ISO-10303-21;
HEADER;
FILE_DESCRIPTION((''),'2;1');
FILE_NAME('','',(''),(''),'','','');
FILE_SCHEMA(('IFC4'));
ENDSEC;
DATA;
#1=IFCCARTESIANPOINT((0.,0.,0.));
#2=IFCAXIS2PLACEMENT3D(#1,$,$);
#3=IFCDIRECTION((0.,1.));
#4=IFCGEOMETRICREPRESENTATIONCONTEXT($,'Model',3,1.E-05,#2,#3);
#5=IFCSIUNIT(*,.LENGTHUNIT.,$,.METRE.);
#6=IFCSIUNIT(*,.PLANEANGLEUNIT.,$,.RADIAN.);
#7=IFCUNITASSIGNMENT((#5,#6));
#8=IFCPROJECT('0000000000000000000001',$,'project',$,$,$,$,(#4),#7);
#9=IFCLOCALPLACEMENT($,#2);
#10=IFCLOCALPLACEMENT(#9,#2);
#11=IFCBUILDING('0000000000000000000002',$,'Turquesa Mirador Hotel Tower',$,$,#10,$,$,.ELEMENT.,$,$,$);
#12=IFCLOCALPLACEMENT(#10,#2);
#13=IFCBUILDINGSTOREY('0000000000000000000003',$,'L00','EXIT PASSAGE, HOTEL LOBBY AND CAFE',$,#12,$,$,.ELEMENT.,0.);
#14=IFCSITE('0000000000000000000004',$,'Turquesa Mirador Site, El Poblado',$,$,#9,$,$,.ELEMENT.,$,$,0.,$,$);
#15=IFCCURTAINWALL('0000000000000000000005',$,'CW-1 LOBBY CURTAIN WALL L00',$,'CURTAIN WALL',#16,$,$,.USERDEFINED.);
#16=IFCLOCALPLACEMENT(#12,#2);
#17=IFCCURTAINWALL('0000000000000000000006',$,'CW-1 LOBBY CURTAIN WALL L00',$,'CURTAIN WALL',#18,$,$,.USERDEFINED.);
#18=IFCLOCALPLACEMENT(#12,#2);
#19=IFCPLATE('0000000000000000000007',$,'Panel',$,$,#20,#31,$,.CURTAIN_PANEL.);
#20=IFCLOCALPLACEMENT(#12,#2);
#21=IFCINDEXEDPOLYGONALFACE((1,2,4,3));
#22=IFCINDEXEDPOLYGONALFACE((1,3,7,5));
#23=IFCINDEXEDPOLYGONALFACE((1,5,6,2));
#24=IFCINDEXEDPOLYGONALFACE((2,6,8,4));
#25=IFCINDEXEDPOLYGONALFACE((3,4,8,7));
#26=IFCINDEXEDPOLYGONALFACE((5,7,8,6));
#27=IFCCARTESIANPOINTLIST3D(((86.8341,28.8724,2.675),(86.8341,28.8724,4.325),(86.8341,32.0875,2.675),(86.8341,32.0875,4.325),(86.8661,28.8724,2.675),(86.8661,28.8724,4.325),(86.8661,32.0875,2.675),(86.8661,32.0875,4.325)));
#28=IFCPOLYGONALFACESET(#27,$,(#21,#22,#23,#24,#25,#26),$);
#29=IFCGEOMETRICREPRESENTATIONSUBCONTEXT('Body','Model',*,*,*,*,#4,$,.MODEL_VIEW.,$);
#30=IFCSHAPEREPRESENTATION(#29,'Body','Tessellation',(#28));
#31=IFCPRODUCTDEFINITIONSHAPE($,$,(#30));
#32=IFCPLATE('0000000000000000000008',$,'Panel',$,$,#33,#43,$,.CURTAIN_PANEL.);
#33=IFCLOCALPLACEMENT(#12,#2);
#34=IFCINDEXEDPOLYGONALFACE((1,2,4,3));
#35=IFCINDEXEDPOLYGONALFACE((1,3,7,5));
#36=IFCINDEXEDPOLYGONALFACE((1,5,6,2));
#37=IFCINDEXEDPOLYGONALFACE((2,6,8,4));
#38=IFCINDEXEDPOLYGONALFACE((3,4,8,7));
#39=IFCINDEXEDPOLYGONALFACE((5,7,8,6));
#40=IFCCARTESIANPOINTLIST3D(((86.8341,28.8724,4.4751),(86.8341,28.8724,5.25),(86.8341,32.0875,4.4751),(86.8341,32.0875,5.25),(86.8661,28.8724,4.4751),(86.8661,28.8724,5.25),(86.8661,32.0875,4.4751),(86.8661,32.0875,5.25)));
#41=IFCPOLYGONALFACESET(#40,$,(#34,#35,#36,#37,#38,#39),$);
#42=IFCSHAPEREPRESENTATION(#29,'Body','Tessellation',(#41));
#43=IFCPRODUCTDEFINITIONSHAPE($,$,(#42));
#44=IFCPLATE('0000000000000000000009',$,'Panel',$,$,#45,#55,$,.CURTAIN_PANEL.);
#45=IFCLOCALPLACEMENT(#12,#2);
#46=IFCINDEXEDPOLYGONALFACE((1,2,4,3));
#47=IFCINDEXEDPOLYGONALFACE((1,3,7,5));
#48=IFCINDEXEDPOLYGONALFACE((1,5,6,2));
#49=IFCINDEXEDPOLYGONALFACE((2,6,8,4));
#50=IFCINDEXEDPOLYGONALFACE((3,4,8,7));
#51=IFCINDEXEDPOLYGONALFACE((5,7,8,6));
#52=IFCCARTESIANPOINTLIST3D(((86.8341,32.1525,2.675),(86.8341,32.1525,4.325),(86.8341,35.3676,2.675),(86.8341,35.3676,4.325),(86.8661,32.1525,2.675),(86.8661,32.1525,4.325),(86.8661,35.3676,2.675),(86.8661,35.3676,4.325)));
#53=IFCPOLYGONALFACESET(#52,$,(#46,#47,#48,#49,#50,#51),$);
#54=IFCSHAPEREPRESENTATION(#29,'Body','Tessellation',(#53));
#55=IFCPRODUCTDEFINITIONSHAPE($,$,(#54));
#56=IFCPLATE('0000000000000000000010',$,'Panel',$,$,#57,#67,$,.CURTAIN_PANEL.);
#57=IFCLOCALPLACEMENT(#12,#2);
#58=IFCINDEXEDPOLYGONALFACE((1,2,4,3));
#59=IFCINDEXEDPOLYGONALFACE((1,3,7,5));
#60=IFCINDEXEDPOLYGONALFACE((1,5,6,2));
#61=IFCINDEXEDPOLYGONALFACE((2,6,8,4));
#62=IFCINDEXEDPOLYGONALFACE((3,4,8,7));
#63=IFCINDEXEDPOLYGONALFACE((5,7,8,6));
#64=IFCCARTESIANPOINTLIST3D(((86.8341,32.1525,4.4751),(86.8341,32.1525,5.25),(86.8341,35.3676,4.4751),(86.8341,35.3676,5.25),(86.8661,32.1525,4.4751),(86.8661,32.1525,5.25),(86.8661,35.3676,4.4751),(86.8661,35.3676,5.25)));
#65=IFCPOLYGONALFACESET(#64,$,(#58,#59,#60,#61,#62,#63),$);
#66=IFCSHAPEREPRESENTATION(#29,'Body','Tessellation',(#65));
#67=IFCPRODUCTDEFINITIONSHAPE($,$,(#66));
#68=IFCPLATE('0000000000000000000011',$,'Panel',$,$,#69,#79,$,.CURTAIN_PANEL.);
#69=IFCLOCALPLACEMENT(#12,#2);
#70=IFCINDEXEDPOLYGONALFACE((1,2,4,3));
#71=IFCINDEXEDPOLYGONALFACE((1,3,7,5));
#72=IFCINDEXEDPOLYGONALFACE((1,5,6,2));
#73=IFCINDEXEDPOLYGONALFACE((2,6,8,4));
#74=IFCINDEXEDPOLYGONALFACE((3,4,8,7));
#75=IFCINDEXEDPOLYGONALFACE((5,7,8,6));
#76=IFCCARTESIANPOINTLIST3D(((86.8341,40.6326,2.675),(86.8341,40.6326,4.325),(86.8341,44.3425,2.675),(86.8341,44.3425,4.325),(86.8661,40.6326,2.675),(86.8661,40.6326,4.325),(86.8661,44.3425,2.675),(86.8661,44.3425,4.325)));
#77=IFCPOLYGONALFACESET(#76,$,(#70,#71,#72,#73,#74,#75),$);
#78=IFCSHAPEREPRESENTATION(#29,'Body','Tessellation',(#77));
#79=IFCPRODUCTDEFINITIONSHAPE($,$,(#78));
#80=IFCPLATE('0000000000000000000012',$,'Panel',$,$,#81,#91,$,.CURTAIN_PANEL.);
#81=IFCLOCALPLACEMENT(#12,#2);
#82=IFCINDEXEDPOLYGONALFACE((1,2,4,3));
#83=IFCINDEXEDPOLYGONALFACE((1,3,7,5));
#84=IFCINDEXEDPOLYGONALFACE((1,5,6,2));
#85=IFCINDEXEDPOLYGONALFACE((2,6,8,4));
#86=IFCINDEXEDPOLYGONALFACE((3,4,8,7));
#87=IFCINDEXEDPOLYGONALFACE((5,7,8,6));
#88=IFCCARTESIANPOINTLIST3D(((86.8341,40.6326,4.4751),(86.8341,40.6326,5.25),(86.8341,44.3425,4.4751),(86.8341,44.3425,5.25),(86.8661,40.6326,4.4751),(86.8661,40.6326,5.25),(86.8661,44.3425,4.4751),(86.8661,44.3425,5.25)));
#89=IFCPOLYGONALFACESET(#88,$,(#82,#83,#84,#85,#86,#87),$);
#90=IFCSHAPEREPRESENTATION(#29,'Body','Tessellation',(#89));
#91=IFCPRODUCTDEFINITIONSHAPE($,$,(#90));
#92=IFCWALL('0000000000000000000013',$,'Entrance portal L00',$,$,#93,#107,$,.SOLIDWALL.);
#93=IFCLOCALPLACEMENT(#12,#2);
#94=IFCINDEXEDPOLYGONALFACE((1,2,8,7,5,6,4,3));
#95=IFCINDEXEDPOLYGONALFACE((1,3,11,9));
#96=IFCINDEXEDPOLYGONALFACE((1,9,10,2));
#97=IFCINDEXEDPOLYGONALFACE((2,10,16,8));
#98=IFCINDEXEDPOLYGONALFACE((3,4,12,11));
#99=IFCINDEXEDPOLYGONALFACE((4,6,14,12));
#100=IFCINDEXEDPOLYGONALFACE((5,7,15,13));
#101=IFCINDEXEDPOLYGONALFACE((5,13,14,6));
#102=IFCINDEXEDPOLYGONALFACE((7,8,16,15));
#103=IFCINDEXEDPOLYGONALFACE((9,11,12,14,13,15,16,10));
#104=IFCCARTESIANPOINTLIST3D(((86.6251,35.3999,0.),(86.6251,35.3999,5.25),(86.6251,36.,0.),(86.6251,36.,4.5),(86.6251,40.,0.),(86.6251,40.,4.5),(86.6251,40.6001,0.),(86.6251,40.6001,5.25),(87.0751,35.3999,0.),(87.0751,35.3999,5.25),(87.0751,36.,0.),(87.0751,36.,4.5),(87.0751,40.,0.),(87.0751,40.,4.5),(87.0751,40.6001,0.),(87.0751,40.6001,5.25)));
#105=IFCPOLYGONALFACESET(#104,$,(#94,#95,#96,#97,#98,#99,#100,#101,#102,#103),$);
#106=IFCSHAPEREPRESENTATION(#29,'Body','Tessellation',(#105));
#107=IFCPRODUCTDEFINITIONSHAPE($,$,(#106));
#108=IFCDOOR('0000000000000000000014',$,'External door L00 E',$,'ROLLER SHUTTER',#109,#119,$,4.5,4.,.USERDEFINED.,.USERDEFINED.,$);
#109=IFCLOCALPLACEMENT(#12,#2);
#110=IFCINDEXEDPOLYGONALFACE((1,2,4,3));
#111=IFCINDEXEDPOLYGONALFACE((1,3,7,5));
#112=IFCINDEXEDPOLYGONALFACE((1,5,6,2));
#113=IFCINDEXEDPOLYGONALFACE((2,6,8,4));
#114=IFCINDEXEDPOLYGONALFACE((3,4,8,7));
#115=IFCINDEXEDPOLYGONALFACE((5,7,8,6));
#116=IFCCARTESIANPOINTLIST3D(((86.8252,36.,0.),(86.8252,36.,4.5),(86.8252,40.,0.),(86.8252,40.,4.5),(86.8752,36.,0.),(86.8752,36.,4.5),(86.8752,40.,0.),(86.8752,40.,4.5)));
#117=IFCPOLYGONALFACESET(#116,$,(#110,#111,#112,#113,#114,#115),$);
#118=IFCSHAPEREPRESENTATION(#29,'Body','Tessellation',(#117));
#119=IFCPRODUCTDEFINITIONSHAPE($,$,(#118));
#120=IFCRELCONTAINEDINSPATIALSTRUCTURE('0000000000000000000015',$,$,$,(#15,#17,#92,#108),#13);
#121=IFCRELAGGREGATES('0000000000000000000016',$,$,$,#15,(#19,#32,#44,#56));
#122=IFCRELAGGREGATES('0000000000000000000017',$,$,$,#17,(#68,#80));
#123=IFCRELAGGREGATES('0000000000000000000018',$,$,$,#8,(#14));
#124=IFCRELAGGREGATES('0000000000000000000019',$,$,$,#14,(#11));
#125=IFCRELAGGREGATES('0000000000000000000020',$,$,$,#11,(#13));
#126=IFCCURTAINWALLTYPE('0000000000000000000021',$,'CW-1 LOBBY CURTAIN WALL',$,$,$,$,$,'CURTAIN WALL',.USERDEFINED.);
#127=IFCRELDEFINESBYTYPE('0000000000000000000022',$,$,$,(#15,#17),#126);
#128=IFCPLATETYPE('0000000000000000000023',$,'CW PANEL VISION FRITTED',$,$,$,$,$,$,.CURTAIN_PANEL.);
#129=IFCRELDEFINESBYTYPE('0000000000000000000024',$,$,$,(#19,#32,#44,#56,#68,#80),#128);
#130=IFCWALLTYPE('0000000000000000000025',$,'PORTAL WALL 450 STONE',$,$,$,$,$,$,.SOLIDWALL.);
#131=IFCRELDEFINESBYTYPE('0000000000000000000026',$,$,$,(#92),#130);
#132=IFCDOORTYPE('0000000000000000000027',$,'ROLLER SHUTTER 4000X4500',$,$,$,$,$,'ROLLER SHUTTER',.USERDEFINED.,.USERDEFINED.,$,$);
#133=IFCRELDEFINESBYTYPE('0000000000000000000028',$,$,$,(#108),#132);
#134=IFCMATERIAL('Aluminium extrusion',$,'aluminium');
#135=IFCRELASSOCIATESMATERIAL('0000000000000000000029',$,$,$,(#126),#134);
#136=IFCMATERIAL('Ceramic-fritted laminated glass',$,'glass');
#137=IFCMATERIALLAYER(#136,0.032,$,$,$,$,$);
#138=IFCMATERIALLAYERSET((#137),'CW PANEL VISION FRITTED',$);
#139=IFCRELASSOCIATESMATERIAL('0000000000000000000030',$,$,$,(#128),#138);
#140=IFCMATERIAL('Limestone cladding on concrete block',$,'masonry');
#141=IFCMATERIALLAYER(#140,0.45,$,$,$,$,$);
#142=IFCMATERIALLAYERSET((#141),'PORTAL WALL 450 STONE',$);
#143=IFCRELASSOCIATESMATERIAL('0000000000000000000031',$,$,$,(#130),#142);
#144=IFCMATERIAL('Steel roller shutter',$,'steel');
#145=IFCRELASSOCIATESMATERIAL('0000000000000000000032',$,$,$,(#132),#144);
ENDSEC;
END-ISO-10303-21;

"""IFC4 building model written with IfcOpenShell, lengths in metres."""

from ifc_helpers import new_model, si_unit, direction, frame, frame_2d, origin, origin_2d, place, context, subcontext, project, spatial, rectangle, extrude, material, layer, layer_set, type_object, element, fill, aggregate, save


model = new_model("IFC4")

# Units and contexts
model_context = context("Model", 3, precision=1e-05, world=origin(), true_north=direction((0.0, 1.0)))
body_context = subcontext(model_context, "Body", "Model", "MODEL_VIEW")
ifc_project = project(units=[si_unit("LENGTHUNIT", "METRE"), si_unit("PLANEANGLEUNIT", "RADIAN")], contexts=[model_context])

# Site, building, storey
site_placement = place(None, origin())
site = spatial("IfcSite", under=ifc_project, at=site_placement, Name="Turquesa Mirador Site, El Poblado", CompositionType="ELEMENT", RefElevation=0.0)
building_placement = place(site_placement, origin())
building = spatial("IfcBuilding", under=site, at=building_placement, Name="Turquesa Mirador Hotel Tower", CompositionType="ELEMENT")
storey_placement = place(building_placement, origin())
storey = spatial("IfcBuildingStorey", under=building, at=storey_placement, Name="L00", Description="EXIT PASSAGE, HOTEL LOBBY AND CAFE", CompositionType="ELEMENT", Elevation=0.0)

# Curtain wall
ifc_material_1 = material(Name="Aluminium extrusion", Category="aluminium")
curtain_wall_type = type_object("IfcCurtainWallType", Name="CW-1 LOBBY CURTAIN WALL", ElementType="CURTAIN WALL", PredefinedType="USERDEFINED", material=ifc_material_1)
curtain_wall_1_placement = place(storey_placement, origin())
curtain_wall_1 = element("IfcCurtainWall", 1, at=curtain_wall_1_placement, inside=storey, type_object=curtain_wall_type, Name="CW-1 LOBBY CURTAIN WALL L00", ObjectType="CURTAIN WALL", PredefinedType="USERDEFINED")

# Curtain wall
curtain_wall_2_placement = place(storey_placement, origin())
curtain_wall_2 = element("IfcCurtainWall", 2, at=curtain_wall_2_placement, inside=storey, type_object=curtain_wall_type, Name="CW-1 LOBBY CURTAIN WALL L00", ObjectType="CURTAIN WALL", PredefinedType="USERDEFINED")

# Plates
ifc_material_2 = material(Name="Ceramic-fritted laminated glass", Category="glass")
ifc_layer_1 = layer(ifc_material_2, 0.032)
ifc_layer_set_1 = layer_set([ifc_layer_1], Name="CW PANEL VISION FRITTED")
plate_type_1 = type_object("IfcPlateType", Name="CW PANEL VISION FRITTED", PredefinedType="CURTAIN_PANEL", material=ifc_layer_set_1)
plate_1_placement = place(storey_placement, frame((86.8501, 30.48, 2.675), z_axis=(0.0, 0.0, 1.0), x_axis=(0.0, 1.0, 0.0)))
plate_1 = element("IfcPlate", 3, at=plate_1_placement, type_object=plate_type_1, Name="Panel", PredefinedType="CURTAIN_PANEL", context=body_context, shape_type="SweptSolid", body=[
    extrude(rectangle(XDim=3.2151, YDim=0.032, at=origin_2d()), origin(), (0.0, 0.0, 1.0), 1.6499),
])
plate_2_placement = place(storey_placement, frame((86.8501, 30.48, 4.4751), z_axis=(0.0, 0.0, 1.0), x_axis=(0.0, 1.0, 0.0)))
plate_2 = element("IfcPlate", 4, at=plate_2_placement, type_object=plate_type_1, Name="Panel", PredefinedType="CURTAIN_PANEL", context=body_context, shape_type="SweptSolid", body=[
    extrude(rectangle(XDim=3.2151, YDim=0.032, at=origin_2d()), origin(), (0.0, 0.0, 1.0), 0.7749),
])
plate_3_placement = place(storey_placement, frame((86.8501, 33.76, 2.675), z_axis=(0.0, 0.0, 1.0), x_axis=(0.0, 1.0, 0.0)))
plate_3 = element("IfcPlate", 5, at=plate_3_placement, type_object=plate_type_1, Name="Panel", PredefinedType="CURTAIN_PANEL", context=body_context, shape_type="SweptSolid", body=[
    extrude(rectangle(XDim=3.2151, YDim=0.032, at=origin_2d()), origin(), (0.0, 0.0, 1.0), 1.6499),
])
plate_4_placement = place(storey_placement, frame((86.8501, 33.76, 4.4751), z_axis=(0.0, 0.0, 1.0), x_axis=(0.0, 1.0, 0.0)))
plate_4 = element("IfcPlate", 6, at=plate_4_placement, type_object=plate_type_1, Name="Panel", PredefinedType="CURTAIN_PANEL", context=body_context, shape_type="SweptSolid", body=[
    extrude(rectangle(XDim=3.2151, YDim=0.032, at=origin_2d()), origin(), (0.0, 0.0, 1.0), 0.7749),
])
aggregate(curtain_wall_1, [plate_1, plate_2, plate_3, plate_4])
plate_5_placement = place(storey_placement, frame((86.8501, 42.4875, 2.675), z_axis=(0.0, 0.0, 1.0), x_axis=(0.0, 1.0, 0.0)))
plate_5 = element("IfcPlate", 7, at=plate_5_placement, type_object=plate_type_1, Name="Panel", PredefinedType="CURTAIN_PANEL", context=body_context, shape_type="SweptSolid", body=[
    extrude(rectangle(XDim=3.71, YDim=0.032, at=origin_2d()), origin(), (0.0, 0.0, 1.0), 1.6499),
])
plate_6_placement = place(storey_placement, frame((86.8501, 42.4875, 4.4751), z_axis=(0.0, 0.0, 1.0), x_axis=(0.0, 1.0, 0.0)))
plate_6 = element("IfcPlate", 8, at=plate_6_placement, type_object=plate_type_1, Name="Panel", PredefinedType="CURTAIN_PANEL", context=body_context, shape_type="SweptSolid", body=[
    extrude(rectangle(XDim=3.71, YDim=0.032, at=origin_2d()), origin(), (0.0, 0.0, 1.0), 0.7749),
])
aggregate(curtain_wall_2, [plate_5, plate_6])

# Wall, opening, door
ifc_material_3 = material(Name="Limestone cladding on concrete block", Category="masonry")
ifc_layer_2 = layer(ifc_material_3, 0.45)
ifc_layer_set_2 = layer_set([ifc_layer_2], Name="PORTAL WALL 450 STONE")
wall_type = type_object("IfcWallType", Name="PORTAL WALL 450 STONE", PredefinedType="SOLIDWALL", material=ifc_layer_set_2)
wall_placement = place(storey_placement, frame((86.8501, 35.3999, 0.0), z_axis=(0.0, 0.0, 1.0), x_axis=(0.0, 1.0, 0.0)))
wall = element("IfcWall", 9, at=wall_placement, inside=storey, type_object=wall_type, Name="Entrance portal L00", PredefinedType="SOLIDWALL", context=body_context, shape_type="SweptSolid", body=[
    extrude(rectangle(XDim=5.2002, YDim=0.45, at=frame_2d((2.6001, 0.0))), origin(), (0.0, 0.0, 1.0), 5.25),
])
opening_placement = place(wall_placement, frame((0.6001, 0.0, 0.0)))
opening = element("IfcOpeningElement", 10, at=opening_placement, cuts=wall, PredefinedType="OPENING", context=body_context, shape_type="SweptSolid", body=[
    extrude(rectangle(XDim=4.0, YDim=4.5, at=frame_2d((2.0, 2.25))), frame((0.0, 0.2349, 0.0), z_axis=(0.0, -1.0, 0.0), x_axis=(1.0, 0.0, 0.0)), (0.0, 0.0, 1.0), 0.47),
])
ifc_material_4 = material(Name="Steel roller shutter", Category="steel")
door_type = type_object("IfcDoorType", Name="ROLLER SHUTTER 4000X4500", ElementType="ROLLER SHUTTER", OperationType="USERDEFINED", PredefinedType="USERDEFINED", material=ifc_material_4)
door_placement = place(opening_placement, origin())
door = element("IfcDoor", 11, at=door_placement, inside=storey, type_object=door_type, Name="External door L00 E", ObjectType="ROLLER SHUTTER", OperationType="USERDEFINED", OverallHeight=4.5, OverallWidth=4.0, PredefinedType="USERDEFINED", context=body_context, shape_type="SweptSolid", body=[
    extrude(rectangle(XDim=4.0, YDim=4.5, at=frame_2d((2.0, 2.25))), frame((0.0, 0.0249, 0.0), z_axis=(0.0, -1.0, 0.0), x_axis=(1.0, 0.0, 0.0)), (0.0, 0.0, 1.0), 0.05),
])
fill(opening, door)

save(model, "model.ifc")
